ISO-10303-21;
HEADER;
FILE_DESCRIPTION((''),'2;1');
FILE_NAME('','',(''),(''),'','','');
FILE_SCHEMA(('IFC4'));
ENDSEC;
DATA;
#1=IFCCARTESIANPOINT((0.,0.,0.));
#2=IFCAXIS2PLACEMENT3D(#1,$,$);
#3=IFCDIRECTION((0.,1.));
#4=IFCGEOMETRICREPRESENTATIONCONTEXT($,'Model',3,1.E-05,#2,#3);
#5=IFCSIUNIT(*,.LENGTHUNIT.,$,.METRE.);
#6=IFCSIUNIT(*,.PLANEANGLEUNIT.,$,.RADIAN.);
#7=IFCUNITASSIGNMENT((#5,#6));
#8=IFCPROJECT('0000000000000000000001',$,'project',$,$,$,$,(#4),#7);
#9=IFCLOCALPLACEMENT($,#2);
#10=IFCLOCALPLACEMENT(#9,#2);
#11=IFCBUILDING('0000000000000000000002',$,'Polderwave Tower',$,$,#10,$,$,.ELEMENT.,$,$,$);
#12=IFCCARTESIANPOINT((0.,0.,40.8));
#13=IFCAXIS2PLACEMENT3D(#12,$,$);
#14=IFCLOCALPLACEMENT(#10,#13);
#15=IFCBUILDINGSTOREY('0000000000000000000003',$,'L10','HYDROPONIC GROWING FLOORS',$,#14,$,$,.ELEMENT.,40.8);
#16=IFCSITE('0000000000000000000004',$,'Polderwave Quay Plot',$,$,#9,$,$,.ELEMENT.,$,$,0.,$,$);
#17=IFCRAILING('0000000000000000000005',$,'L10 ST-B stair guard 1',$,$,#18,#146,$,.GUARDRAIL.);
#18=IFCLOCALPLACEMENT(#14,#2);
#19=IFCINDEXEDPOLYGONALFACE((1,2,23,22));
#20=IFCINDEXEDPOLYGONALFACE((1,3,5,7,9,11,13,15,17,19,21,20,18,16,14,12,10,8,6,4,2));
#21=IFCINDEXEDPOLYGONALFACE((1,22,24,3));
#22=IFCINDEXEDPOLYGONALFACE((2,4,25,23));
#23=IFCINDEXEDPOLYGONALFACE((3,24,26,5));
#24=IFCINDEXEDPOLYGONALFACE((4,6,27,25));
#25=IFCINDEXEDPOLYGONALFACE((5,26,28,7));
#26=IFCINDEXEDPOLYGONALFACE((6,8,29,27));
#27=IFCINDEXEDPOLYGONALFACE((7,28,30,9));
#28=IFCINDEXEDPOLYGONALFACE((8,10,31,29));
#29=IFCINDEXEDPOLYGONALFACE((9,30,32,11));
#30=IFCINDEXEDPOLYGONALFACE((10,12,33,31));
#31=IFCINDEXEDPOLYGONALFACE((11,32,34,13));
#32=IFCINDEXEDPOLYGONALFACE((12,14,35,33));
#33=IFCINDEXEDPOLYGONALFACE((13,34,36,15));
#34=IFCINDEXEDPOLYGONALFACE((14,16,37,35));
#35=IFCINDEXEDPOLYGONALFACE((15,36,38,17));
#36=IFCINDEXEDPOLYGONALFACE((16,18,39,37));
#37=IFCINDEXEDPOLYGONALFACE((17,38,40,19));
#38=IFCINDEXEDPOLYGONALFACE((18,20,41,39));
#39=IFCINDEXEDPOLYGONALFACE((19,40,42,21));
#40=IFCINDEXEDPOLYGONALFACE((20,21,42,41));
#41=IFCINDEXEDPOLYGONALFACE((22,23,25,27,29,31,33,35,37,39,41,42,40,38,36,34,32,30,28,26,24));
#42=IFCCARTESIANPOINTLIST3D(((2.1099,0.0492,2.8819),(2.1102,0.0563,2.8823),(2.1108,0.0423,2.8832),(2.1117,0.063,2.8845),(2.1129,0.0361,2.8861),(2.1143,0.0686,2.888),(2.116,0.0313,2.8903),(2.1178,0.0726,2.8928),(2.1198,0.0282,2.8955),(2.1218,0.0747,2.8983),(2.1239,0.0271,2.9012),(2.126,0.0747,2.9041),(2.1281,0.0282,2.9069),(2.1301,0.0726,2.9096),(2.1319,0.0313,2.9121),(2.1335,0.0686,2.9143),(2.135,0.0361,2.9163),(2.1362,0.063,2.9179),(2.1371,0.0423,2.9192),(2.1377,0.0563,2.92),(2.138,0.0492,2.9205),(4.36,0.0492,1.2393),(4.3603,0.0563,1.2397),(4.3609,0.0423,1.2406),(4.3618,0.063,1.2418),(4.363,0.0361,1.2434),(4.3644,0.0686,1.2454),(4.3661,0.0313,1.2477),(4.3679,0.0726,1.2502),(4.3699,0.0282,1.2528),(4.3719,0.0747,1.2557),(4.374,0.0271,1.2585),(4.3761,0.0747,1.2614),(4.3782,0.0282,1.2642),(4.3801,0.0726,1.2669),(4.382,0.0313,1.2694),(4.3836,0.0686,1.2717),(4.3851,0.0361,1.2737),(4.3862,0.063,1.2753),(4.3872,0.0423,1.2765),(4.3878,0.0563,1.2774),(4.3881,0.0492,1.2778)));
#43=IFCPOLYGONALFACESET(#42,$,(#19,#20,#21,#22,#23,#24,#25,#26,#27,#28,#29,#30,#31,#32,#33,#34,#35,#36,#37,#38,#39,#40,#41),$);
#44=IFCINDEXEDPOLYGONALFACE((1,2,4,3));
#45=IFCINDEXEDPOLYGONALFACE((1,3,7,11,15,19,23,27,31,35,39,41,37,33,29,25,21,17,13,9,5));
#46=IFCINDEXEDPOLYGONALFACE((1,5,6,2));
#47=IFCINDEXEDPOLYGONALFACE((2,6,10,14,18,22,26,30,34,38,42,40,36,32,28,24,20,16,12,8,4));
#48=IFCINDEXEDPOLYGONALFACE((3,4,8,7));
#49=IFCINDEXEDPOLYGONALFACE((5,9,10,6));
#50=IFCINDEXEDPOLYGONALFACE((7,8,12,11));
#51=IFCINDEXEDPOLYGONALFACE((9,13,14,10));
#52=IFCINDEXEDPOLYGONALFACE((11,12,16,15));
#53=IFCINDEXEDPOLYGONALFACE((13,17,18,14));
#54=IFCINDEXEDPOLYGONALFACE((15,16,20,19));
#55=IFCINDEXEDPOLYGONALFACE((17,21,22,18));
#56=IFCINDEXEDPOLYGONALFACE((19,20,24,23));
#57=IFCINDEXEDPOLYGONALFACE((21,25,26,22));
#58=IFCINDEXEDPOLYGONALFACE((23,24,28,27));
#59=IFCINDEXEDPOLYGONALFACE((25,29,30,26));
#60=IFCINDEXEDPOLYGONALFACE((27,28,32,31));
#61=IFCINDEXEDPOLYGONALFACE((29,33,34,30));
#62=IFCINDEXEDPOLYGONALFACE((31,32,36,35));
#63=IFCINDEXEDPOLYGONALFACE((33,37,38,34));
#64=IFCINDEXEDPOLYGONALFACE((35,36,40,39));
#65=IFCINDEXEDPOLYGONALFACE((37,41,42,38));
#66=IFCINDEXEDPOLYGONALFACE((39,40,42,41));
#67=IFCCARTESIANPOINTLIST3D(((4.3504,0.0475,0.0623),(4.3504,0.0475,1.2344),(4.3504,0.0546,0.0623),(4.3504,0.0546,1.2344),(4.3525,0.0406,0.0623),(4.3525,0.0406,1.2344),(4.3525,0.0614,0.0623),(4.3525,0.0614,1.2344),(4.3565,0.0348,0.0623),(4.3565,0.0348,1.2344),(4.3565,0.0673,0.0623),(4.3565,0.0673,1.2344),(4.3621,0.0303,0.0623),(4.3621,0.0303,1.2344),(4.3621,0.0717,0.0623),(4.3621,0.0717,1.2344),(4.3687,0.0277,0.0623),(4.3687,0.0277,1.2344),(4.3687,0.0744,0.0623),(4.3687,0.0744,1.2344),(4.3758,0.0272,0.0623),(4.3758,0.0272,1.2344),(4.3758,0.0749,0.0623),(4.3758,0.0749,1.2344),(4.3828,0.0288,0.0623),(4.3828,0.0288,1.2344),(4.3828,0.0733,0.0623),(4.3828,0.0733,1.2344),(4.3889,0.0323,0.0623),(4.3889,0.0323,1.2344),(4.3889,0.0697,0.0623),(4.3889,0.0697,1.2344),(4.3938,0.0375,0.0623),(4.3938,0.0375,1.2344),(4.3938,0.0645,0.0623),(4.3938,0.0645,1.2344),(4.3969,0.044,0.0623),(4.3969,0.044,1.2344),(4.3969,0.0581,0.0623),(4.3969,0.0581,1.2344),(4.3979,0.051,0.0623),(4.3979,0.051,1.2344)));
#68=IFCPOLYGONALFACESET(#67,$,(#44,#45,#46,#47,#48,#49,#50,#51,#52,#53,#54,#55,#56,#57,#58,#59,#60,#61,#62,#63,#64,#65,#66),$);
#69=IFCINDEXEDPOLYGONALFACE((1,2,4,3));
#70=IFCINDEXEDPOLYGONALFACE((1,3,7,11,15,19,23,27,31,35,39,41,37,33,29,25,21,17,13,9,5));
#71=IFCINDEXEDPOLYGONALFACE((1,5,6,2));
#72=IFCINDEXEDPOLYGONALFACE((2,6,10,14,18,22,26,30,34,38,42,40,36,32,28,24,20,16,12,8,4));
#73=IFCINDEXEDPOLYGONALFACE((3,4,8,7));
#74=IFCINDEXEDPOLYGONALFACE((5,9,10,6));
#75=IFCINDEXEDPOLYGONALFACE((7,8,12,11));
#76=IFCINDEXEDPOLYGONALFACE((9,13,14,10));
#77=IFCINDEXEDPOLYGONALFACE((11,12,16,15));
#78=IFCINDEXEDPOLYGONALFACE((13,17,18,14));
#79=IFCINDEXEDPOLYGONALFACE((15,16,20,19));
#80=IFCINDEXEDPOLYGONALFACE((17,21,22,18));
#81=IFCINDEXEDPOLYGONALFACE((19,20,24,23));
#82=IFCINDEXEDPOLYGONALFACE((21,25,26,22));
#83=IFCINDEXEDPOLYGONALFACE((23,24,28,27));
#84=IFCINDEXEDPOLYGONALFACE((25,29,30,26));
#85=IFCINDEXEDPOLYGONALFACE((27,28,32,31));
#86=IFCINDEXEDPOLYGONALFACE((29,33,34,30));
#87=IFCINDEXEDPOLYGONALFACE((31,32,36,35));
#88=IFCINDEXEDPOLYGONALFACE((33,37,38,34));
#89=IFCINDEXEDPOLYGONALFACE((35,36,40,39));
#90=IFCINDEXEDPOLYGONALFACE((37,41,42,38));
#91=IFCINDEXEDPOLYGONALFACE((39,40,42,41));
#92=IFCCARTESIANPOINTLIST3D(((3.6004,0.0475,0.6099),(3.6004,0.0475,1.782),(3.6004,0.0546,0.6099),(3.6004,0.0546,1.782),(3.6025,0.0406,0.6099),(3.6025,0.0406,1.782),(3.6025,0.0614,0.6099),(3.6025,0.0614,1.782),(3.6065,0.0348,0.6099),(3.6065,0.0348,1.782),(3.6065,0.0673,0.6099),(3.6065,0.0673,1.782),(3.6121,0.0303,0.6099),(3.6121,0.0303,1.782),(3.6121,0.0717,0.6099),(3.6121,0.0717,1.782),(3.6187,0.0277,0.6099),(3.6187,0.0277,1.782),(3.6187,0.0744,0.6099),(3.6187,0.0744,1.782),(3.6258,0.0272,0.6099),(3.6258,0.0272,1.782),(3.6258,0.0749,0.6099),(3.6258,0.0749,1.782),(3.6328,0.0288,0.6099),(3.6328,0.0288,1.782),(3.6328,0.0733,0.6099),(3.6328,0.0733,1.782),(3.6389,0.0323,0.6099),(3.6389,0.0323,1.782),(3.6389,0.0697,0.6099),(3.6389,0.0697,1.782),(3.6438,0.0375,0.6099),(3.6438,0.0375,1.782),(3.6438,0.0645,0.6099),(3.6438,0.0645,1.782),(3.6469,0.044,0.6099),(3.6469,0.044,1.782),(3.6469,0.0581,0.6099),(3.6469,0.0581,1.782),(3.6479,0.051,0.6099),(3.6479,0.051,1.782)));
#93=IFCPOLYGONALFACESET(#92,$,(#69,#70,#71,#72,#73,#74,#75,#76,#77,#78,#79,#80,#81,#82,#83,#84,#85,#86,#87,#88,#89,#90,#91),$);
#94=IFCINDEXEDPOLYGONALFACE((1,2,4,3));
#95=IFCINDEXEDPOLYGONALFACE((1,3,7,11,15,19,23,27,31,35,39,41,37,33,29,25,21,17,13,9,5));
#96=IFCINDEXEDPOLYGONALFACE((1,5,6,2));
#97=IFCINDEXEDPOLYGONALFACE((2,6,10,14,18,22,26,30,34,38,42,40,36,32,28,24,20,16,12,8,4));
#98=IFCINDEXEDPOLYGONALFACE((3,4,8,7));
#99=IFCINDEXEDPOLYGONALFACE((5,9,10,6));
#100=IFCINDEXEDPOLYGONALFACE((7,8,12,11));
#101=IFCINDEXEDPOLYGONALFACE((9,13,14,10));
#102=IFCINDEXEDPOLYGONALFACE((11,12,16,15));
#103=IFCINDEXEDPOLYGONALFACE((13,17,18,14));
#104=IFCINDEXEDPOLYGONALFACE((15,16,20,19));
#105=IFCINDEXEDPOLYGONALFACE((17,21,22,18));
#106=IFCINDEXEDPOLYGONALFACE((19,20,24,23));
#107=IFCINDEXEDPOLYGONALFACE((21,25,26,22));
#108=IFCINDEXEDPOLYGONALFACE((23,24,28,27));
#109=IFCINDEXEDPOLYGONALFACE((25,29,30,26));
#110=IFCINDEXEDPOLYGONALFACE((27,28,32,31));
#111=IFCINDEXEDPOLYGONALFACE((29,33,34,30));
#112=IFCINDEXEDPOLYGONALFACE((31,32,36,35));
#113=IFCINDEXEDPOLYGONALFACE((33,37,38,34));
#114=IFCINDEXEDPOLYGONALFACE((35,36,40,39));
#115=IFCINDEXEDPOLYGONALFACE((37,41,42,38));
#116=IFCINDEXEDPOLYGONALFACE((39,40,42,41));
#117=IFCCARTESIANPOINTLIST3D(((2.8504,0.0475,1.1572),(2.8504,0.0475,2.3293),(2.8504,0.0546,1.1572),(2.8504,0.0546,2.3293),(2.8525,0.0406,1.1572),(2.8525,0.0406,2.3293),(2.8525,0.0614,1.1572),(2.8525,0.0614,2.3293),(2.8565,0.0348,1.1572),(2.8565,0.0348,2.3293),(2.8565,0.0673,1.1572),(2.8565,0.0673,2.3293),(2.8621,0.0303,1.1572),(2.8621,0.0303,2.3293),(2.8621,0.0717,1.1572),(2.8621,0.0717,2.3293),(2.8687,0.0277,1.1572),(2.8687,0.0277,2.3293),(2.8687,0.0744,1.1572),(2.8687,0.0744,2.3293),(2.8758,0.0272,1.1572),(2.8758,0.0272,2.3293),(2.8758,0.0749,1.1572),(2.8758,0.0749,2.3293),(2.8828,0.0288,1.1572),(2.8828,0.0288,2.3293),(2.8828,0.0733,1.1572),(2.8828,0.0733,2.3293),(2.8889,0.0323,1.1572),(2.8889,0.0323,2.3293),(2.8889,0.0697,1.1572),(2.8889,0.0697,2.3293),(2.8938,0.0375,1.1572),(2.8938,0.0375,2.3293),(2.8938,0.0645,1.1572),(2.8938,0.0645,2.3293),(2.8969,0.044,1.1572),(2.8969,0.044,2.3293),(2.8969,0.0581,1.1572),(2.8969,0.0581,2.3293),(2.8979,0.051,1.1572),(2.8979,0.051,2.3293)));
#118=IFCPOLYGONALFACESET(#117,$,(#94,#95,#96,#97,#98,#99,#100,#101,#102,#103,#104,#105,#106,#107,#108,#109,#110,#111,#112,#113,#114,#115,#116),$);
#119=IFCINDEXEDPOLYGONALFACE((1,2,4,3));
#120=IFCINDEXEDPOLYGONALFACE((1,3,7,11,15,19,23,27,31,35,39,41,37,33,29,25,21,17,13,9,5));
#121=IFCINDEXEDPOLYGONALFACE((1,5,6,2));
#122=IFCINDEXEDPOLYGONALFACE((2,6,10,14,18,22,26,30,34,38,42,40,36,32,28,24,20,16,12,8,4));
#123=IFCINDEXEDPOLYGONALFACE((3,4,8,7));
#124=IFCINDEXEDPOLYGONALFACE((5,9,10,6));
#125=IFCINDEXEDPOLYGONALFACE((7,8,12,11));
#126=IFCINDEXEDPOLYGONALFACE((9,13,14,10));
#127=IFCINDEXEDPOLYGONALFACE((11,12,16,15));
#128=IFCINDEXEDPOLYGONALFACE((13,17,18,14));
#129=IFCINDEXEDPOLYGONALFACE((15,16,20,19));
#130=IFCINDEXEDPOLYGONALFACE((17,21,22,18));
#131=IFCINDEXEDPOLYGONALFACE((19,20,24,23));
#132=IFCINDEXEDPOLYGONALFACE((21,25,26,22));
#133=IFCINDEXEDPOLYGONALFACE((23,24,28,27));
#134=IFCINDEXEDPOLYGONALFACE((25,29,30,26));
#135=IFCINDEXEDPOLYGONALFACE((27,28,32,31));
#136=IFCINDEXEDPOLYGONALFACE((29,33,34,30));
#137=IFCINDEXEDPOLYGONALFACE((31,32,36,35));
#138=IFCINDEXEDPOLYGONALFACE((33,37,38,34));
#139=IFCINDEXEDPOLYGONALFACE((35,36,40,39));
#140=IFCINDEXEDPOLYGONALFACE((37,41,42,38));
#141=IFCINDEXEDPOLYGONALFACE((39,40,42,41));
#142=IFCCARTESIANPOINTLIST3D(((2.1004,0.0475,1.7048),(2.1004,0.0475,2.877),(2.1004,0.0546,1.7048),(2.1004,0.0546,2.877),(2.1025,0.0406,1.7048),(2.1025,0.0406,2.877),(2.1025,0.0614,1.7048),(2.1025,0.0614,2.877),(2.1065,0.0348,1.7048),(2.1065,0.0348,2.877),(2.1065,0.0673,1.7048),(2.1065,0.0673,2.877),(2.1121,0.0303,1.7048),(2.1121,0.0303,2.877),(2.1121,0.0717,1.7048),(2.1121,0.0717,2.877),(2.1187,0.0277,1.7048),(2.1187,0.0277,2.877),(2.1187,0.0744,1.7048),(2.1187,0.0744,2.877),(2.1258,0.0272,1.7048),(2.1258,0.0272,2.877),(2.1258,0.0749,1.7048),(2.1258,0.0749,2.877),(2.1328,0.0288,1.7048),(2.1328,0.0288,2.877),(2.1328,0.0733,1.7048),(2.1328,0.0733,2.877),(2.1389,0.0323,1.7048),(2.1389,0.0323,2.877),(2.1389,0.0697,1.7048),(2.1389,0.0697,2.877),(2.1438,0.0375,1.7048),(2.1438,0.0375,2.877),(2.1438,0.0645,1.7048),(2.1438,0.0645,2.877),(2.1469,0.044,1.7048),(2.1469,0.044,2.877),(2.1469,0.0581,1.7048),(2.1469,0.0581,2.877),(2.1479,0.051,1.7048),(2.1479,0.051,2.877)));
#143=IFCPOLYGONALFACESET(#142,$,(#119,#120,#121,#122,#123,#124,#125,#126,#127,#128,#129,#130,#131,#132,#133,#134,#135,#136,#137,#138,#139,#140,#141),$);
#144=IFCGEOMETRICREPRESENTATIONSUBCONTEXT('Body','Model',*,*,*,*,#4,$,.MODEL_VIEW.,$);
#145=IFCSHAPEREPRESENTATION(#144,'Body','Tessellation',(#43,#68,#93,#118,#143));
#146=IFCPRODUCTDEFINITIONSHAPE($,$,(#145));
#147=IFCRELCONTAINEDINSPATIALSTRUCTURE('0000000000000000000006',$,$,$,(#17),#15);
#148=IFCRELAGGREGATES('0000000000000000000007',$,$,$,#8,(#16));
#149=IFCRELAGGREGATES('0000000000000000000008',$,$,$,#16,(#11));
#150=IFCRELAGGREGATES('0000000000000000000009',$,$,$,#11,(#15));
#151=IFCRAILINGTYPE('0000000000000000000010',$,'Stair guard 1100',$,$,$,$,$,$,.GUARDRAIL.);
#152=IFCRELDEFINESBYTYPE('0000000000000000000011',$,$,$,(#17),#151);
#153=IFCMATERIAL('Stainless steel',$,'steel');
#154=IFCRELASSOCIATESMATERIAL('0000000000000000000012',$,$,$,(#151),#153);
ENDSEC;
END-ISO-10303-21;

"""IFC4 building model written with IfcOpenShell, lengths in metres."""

from ifc_helpers import new_model, si_unit, direction, frame, origin, origin_2d, place, context, subcontext, project, spatial, circle, extrude, material, type_object, element, save


model = new_model("IFC4")

# Units and contexts
model_context = context("Model", 3, precision=1e-05, world=origin(), true_north=direction((0.0, 1.0)))
body_context = subcontext(model_context, "Body", "Model", "MODEL_VIEW")
ifc_project = project(units=[si_unit("LENGTHUNIT", "METRE"), si_unit("PLANEANGLEUNIT", "RADIAN")], contexts=[model_context])

# Site, building, storey
site_placement = place(None, origin())
site = spatial("IfcSite", under=ifc_project, at=site_placement, Name="Polderwave Quay Plot", CompositionType="ELEMENT", RefElevation=0.0)
building_placement = place(site_placement, origin())
building = spatial("IfcBuilding", under=site, at=building_placement, Name="Polderwave Tower", CompositionType="ELEMENT")
storey_placement = place(building_placement, frame((0.0, 0.0, 40.8)))
storey = spatial("IfcBuildingStorey", under=building, at=storey_placement, Name="L10", Description="HYDROPONIC GROWING FLOORS", CompositionType="ELEMENT", Elevation=40.8)

# Railing
ifc_material_1 = material(Name="Stainless steel", Category="steel")
railing_type_1 = type_object("IfcRailingType", Name="Stair guard 1100", PredefinedType="GUARDRAIL", material=ifc_material_1)
railing_1_placement = place(storey_placement, frame((4.374, 0.051, 0.0623)))
element("IfcRailing", 1, at=railing_1_placement, inside=storey, type_object=railing_type_1, Name="L10 ST-B stair guard 1", PredefinedType="GUARDRAIL", context=body_context, shape_type="SweptSolid", body=[
    extrude(circle(Radius=0.0239, at=origin_2d()), frame((0.0, 0.0, 1.1963), z_axis=(-0.807674, 0.0, 0.58963), x_axis=(0.0, -1.0, 0.0)), (0.0, 0.0, 1.0), 2.7859),
    extrude(circle(Radius=0.0239, at=origin_2d()), origin(), (0.0, 0.0, 1.0), 1.1721),
    extrude(circle(Radius=0.0239, at=origin_2d()), frame((-0.75, 0.0, 0.5476)), (0.0, 0.0, 1.0), 1.1721),
    extrude(circle(Radius=0.0239, at=origin_2d()), frame((-1.5, 0.0, 1.095)), (0.0, 0.0, 1.0), 1.1721),
    extrude(circle(Radius=0.0239, at=origin_2d()), frame((-2.25, 0.0, 1.6426)), (0.0, 0.0, 1.0), 1.1721),
])

save(model, "model.ifc")
